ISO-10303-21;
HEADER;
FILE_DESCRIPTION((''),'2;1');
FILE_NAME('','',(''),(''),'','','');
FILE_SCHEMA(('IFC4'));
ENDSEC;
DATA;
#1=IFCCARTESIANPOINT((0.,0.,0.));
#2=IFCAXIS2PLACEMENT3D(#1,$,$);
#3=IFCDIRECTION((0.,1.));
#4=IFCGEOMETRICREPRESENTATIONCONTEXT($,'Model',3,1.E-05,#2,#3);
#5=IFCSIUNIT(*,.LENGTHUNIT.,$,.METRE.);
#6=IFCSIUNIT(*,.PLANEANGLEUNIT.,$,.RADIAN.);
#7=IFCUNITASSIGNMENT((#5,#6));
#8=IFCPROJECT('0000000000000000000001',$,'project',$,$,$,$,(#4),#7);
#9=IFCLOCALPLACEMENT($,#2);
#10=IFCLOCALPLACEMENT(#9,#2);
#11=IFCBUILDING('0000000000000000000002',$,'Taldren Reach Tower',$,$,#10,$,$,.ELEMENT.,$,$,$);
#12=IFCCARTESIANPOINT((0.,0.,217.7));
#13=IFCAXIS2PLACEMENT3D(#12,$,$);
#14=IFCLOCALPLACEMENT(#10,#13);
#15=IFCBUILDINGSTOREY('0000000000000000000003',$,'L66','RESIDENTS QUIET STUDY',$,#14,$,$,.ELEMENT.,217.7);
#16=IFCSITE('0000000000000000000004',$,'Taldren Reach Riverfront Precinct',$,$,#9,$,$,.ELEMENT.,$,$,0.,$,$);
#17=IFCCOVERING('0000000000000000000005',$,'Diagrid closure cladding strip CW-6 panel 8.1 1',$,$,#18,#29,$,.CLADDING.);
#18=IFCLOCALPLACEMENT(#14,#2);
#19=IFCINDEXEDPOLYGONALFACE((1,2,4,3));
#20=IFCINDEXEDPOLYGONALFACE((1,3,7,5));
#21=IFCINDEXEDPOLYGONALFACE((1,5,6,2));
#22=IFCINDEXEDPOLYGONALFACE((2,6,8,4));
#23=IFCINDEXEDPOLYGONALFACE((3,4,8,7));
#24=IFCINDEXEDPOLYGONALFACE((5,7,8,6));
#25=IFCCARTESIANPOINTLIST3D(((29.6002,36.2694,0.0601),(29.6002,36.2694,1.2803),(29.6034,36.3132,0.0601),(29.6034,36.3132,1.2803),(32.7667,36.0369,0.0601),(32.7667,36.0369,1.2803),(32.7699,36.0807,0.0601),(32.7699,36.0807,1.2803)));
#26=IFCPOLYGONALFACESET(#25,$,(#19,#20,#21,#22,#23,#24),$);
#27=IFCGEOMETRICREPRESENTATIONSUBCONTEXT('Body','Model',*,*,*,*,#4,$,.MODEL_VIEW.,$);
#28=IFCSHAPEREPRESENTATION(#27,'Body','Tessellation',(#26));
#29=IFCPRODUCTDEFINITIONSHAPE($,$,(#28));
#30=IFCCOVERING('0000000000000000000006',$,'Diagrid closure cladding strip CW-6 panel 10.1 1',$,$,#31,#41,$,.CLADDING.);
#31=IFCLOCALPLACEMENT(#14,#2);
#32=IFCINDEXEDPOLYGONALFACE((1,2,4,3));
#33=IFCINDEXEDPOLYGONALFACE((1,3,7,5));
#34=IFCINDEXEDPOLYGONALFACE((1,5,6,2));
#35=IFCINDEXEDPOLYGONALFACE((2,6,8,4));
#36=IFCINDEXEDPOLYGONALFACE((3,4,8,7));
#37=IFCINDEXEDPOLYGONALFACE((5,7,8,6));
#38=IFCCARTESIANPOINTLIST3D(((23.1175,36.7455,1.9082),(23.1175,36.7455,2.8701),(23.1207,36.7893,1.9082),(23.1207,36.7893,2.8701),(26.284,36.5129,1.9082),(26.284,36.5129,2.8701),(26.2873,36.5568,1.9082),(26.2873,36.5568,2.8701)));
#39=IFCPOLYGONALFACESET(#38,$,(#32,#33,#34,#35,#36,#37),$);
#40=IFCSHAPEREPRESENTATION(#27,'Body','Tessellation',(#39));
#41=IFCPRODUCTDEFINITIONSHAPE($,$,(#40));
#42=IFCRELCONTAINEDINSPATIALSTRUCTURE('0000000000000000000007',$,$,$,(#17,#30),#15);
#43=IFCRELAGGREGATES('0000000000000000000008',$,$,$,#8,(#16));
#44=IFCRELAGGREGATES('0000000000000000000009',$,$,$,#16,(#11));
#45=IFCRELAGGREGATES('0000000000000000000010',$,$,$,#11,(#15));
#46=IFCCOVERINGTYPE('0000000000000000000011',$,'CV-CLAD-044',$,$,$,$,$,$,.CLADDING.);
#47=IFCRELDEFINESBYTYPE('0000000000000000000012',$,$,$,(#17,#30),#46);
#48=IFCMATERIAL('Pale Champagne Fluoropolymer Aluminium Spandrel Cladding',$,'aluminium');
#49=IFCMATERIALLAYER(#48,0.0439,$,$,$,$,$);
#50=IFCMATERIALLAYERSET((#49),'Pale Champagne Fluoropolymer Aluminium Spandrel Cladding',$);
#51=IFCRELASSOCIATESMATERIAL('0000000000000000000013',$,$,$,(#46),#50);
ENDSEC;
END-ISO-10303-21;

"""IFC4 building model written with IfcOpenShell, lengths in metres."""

from ifc_helpers import new_model, si_unit, direction, frame, origin, origin_2d, place, context, subcontext, project, spatial, rectangle, extrude, source, transform, mapped, material, layer, layer_set, type_object, element, save


model = new_model("IFC4")

# Units and contexts
model_context = context("Model", 3, precision=1e-05, world=origin(), true_north=direction((0.0, 1.0)))
body_context = subcontext(model_context, "Body", "Model", "MODEL_VIEW")
ifc_project = project(units=[si_unit("LENGTHUNIT", "METRE"), si_unit("PLANEANGLEUNIT", "RADIAN")], contexts=[model_context])

# Site, building, storey
site_placement = place(None, origin())
site = spatial("IfcSite", under=ifc_project, at=site_placement, Name="Taldren Reach Riverfront Precinct", CompositionType="ELEMENT", RefElevation=0.0)
building_placement = place(site_placement, origin())
building = spatial("IfcBuilding", under=site, at=building_placement, Name="Taldren Reach Tower", CompositionType="ELEMENT")
storey_placement = place(building_placement, frame((0.0, 0.0, 217.7)))
storey = spatial("IfcBuildingStorey", under=building, at=storey_placement, Name="L66", Description="RESIDENTS QUIET STUDY", CompositionType="ELEMENT", Elevation=217.7)

# Coverings
ifc_material_1 = material(Name="Pale Champagne Fluoropolymer Aluminium Spandrel Cladding", Category="aluminium")
ifc_layer_1 = layer(ifc_material_1, 0.0439)
ifc_layer_set_1 = layer_set([ifc_layer_1], Name="Pale Champagne Fluoropolymer Aluminium Spandrel Cladding")
covering_type = type_object("IfcCoveringType", Name="CV-CLAD-044", PredefinedType="CLADDING", material=ifc_layer_set_1)
shared_shape_1 = source(origin(), body_context, "Body", "SweptSolid", [
    extrude(rectangle(XDim=3.175, YDim=0.0439, at=origin_2d()), origin(), (0.0, 0.0, 1.0), 1.2202),
])
covering_1_placement = place(storey_placement, frame((31.1851, 36.175, 0.0601), z_axis=(0.0, 0.0, 1.0), x_axis=(-0.997314, 0.073238, 0.0)))
element("IfcCovering", 1, at=covering_1_placement, inside=storey, type_object=covering_type, Name="Diagrid closure cladding strip CW-6 panel 8.1 1", PredefinedType="CLADDING", context=body_context, shape_type="MappedRepresentation", body=[
    mapped(shared_shape_1, transform((0.0, 0.0, 0.0), scale=1.0)),
])
shared_shape_2 = source(origin(), body_context, "Body", "SweptSolid", [
    extrude(rectangle(XDim=3.175, YDim=0.0439, at=origin_2d()), origin(), (0.0, 0.0, 1.0), 0.9619),
])
covering_2_placement = place(storey_placement, frame((24.7024, 36.6511, 1.9082), z_axis=(0.0, 0.0, 1.0), x_axis=(-0.997314, 0.073238, 0.0)))
element("IfcCovering", 2, at=covering_2_placement, inside=storey, type_object=covering_type, Name="Diagrid closure cladding strip CW-6 panel 10.1 1", PredefinedType="CLADDING", context=body_context, shape_type="MappedRepresentation", body=[
    mapped(shared_shape_2, transform((0.0, 0.0, 0.0), scale=1.0)),
])

save(model, "model.ifc")
